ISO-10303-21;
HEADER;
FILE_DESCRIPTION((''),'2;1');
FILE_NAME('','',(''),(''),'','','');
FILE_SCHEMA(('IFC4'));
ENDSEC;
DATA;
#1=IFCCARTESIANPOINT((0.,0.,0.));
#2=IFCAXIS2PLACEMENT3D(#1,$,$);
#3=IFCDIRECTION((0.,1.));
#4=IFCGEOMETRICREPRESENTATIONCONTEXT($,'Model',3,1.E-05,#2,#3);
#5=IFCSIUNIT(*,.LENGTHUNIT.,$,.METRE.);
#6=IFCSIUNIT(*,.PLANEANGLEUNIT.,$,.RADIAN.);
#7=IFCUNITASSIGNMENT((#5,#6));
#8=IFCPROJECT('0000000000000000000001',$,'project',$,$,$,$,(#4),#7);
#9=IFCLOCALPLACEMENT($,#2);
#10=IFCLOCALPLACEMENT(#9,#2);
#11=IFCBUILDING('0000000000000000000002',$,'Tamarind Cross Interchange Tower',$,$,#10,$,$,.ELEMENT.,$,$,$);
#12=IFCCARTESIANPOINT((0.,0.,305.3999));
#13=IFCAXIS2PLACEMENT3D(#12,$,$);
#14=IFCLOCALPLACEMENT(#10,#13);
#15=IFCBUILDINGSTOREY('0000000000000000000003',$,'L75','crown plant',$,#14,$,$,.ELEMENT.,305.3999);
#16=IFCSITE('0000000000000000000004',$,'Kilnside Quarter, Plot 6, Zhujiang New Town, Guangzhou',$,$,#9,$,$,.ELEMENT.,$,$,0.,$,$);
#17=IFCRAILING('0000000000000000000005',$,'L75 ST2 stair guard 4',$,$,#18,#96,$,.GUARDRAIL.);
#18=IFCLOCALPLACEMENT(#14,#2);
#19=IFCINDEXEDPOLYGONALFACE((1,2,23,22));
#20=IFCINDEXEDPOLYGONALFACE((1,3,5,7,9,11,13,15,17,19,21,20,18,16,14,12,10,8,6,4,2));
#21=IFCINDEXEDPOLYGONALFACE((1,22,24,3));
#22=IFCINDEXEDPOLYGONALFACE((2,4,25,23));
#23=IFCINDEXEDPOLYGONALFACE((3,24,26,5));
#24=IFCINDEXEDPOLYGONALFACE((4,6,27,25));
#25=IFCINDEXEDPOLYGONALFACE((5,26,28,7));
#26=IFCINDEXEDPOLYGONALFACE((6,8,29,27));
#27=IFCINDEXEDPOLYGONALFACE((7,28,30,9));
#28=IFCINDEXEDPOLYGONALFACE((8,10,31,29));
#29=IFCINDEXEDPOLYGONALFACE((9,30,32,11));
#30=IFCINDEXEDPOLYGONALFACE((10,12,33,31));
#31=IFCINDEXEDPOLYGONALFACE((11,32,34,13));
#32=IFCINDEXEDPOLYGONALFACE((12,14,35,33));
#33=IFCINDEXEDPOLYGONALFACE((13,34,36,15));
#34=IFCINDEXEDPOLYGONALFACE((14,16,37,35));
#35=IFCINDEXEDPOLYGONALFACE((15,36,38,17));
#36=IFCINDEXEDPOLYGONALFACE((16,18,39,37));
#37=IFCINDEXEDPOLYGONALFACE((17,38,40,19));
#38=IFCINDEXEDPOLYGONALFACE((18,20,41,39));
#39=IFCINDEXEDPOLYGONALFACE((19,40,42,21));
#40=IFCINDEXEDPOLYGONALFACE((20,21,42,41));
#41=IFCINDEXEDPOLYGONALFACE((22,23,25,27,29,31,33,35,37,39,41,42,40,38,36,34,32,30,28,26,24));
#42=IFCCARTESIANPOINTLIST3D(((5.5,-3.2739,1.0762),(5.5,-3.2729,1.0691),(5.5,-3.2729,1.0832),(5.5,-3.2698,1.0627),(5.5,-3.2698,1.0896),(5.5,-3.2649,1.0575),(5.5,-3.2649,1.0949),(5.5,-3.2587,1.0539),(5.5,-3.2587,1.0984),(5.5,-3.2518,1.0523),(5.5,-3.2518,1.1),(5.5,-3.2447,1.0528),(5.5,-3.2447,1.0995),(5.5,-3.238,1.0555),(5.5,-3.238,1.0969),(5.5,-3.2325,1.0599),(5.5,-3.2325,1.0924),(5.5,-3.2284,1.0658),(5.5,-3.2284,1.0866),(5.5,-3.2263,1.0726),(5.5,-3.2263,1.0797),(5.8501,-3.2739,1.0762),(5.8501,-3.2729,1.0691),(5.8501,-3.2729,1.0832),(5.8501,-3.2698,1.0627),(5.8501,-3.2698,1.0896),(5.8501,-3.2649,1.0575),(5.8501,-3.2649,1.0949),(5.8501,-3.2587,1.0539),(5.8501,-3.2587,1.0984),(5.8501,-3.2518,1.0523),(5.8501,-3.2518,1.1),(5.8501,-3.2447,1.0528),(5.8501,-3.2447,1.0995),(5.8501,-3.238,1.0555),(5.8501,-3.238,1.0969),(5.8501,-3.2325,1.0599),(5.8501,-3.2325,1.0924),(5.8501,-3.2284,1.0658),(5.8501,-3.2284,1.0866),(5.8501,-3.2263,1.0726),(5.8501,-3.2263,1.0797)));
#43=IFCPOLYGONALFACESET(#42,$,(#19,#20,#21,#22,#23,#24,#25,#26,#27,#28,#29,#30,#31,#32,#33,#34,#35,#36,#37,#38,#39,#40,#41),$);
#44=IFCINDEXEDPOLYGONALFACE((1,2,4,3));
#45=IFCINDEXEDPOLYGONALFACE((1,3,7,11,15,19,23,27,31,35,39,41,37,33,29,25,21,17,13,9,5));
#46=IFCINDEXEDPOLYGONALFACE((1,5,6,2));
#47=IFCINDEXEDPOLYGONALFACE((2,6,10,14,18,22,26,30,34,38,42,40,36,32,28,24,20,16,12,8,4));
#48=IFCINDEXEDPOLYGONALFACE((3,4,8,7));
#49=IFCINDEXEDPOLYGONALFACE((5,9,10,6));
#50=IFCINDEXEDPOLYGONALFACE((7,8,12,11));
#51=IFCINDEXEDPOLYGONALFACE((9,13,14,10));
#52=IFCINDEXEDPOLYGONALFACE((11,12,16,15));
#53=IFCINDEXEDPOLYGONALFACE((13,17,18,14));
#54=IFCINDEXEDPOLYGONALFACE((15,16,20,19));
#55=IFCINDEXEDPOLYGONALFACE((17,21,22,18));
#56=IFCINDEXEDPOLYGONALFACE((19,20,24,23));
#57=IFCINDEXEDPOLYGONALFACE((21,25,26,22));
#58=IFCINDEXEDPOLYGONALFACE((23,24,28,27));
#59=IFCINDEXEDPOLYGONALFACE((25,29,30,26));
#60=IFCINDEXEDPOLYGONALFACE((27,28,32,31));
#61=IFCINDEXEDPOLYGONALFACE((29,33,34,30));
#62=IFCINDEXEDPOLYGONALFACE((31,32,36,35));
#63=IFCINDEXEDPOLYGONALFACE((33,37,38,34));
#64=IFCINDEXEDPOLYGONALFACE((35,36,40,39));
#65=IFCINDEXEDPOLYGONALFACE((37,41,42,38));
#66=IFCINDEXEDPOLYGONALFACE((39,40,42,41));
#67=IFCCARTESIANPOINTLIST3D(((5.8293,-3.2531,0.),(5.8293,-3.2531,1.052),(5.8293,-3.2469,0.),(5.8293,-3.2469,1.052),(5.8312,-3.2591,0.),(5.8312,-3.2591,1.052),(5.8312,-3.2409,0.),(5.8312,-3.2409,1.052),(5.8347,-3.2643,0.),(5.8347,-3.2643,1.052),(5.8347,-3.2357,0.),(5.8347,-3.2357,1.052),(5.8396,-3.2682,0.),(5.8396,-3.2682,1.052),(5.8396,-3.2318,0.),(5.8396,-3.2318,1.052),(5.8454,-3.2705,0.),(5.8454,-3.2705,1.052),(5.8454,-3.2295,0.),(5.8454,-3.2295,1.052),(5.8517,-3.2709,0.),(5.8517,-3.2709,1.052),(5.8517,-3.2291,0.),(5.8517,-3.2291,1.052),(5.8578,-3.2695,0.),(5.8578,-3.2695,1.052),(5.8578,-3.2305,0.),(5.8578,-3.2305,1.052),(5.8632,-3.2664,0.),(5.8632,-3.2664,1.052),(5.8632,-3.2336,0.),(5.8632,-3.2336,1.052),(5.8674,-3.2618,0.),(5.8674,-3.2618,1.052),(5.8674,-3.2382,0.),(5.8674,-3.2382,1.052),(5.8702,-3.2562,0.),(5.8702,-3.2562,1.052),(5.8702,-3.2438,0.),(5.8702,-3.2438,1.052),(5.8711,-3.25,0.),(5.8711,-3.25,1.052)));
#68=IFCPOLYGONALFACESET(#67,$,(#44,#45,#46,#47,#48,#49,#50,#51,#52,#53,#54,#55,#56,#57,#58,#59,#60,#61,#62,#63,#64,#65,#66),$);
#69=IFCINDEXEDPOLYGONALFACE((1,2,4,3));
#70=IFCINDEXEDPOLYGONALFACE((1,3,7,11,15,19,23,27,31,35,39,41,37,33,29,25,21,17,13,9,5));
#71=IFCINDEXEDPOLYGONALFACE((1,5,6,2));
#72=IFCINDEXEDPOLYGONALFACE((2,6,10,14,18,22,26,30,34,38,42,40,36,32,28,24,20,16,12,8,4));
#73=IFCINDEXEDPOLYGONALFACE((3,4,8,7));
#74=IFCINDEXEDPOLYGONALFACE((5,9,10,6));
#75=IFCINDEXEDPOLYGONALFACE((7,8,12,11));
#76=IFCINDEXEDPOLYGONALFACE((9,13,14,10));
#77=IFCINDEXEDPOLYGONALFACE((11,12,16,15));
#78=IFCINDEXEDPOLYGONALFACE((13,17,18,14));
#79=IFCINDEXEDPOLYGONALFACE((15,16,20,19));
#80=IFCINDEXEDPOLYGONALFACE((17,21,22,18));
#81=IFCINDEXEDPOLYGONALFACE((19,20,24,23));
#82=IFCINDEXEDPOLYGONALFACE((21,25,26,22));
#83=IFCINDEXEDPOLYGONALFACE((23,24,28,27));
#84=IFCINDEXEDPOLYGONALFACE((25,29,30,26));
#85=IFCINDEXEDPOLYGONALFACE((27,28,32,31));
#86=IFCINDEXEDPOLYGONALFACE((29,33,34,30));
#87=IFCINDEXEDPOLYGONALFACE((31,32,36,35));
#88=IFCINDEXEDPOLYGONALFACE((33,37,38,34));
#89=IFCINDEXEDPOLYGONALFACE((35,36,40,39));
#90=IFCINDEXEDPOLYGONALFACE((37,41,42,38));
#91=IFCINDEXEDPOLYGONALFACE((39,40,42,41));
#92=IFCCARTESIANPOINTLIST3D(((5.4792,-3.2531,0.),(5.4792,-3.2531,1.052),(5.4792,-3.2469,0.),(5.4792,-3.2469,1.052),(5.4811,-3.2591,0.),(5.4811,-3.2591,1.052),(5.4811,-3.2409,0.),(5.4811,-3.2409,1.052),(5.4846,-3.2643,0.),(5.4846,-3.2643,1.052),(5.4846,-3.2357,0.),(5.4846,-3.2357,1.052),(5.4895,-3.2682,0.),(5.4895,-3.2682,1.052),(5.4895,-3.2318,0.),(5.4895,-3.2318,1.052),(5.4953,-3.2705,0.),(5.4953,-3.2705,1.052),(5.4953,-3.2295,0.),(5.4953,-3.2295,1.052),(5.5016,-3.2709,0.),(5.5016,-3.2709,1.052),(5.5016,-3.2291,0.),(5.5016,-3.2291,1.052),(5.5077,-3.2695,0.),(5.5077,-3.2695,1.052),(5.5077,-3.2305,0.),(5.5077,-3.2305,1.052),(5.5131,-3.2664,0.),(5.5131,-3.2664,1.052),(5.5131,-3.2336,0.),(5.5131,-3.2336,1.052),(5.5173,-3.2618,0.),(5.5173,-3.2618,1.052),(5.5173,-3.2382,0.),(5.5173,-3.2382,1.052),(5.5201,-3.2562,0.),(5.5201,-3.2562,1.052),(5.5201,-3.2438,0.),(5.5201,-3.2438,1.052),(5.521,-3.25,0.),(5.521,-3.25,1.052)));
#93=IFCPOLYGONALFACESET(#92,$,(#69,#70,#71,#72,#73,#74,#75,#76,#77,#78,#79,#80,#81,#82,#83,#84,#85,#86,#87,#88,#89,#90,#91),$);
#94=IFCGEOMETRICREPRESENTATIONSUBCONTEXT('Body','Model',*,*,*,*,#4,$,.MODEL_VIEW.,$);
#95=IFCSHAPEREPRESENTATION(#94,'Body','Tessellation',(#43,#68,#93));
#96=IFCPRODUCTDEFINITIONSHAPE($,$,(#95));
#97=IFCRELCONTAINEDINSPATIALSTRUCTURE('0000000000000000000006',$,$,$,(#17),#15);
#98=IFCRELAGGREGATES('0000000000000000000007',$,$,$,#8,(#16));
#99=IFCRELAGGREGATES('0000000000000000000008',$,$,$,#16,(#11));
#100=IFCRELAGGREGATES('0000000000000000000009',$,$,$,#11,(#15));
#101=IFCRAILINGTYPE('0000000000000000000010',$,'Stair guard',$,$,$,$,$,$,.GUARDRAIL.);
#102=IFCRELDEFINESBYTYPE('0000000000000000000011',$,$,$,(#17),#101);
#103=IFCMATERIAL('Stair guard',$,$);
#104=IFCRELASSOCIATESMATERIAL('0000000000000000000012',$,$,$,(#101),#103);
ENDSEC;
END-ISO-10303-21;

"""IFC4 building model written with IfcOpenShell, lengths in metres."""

from ifc_helpers import new_model, si_unit, direction, frame, origin, origin_2d, place, context, subcontext, project, spatial, circle, extrude, material, type_object, element, save


model = new_model("IFC4")

# Units and contexts
model_context = context("Model", 3, precision=1e-05, world=origin(), true_north=direction((0.0, 1.0)))
body_context = subcontext(model_context, "Body", "Model", "MODEL_VIEW")
ifc_project = project(units=[si_unit("LENGTHUNIT", "METRE"), si_unit("PLANEANGLEUNIT", "RADIAN")], contexts=[model_context])

# Site, building, storey
site_placement = place(None, origin())
site = spatial("IfcSite", under=ifc_project, at=site_placement, Name="Kilnside Quarter, Plot 6, Zhujiang New Town, Guangzhou", CompositionType="ELEMENT", RefElevation=0.0)
building_placement = place(site_placement, origin())
building = spatial("IfcBuilding", under=site, at=building_placement, Name="Tamarind Cross Interchange Tower", CompositionType="ELEMENT")
storey_placement = place(building_placement, frame((0.0, 0.0, 305.3999)))
storey = spatial("IfcBuildingStorey", under=building, at=storey_placement, Name="L75", Description="crown plant", CompositionType="ELEMENT", Elevation=305.3999)

# Railing
ifc_material_1 = material(Name="Stair guard")
railing_type_1 = type_object("IfcRailingType", Name="Stair guard", PredefinedType="GUARDRAIL", material=ifc_material_1)
railing_1_placement = place(storey_placement, frame((5.8501, -3.25, 0.0)))
element("IfcRailing", 1, at=railing_1_placement, inside=storey, type_object=railing_type_1, Name="L75 ST2 stair guard 4", PredefinedType="GUARDRAIL", context=body_context, shape_type="SweptSolid", body=[
    extrude(circle(Radius=0.0239, at=origin_2d()), frame((0.0, 0.0, 1.0762), z_axis=(-1.0, 0.0, 0.0), x_axis=(0.0, -1.0, 0.0)), (0.0, 0.0, 1.0), 0.3501),
    extrude(circle(Radius=0.021, at=origin_2d()), origin(), (0.0, 0.0, 1.0), 1.052),
    extrude(circle(Radius=0.021, at=origin_2d()), frame((-0.3501, 0.0, 0.0)), (0.0, 0.0, 1.0), 1.052),
])

save(model, "model.ifc")
